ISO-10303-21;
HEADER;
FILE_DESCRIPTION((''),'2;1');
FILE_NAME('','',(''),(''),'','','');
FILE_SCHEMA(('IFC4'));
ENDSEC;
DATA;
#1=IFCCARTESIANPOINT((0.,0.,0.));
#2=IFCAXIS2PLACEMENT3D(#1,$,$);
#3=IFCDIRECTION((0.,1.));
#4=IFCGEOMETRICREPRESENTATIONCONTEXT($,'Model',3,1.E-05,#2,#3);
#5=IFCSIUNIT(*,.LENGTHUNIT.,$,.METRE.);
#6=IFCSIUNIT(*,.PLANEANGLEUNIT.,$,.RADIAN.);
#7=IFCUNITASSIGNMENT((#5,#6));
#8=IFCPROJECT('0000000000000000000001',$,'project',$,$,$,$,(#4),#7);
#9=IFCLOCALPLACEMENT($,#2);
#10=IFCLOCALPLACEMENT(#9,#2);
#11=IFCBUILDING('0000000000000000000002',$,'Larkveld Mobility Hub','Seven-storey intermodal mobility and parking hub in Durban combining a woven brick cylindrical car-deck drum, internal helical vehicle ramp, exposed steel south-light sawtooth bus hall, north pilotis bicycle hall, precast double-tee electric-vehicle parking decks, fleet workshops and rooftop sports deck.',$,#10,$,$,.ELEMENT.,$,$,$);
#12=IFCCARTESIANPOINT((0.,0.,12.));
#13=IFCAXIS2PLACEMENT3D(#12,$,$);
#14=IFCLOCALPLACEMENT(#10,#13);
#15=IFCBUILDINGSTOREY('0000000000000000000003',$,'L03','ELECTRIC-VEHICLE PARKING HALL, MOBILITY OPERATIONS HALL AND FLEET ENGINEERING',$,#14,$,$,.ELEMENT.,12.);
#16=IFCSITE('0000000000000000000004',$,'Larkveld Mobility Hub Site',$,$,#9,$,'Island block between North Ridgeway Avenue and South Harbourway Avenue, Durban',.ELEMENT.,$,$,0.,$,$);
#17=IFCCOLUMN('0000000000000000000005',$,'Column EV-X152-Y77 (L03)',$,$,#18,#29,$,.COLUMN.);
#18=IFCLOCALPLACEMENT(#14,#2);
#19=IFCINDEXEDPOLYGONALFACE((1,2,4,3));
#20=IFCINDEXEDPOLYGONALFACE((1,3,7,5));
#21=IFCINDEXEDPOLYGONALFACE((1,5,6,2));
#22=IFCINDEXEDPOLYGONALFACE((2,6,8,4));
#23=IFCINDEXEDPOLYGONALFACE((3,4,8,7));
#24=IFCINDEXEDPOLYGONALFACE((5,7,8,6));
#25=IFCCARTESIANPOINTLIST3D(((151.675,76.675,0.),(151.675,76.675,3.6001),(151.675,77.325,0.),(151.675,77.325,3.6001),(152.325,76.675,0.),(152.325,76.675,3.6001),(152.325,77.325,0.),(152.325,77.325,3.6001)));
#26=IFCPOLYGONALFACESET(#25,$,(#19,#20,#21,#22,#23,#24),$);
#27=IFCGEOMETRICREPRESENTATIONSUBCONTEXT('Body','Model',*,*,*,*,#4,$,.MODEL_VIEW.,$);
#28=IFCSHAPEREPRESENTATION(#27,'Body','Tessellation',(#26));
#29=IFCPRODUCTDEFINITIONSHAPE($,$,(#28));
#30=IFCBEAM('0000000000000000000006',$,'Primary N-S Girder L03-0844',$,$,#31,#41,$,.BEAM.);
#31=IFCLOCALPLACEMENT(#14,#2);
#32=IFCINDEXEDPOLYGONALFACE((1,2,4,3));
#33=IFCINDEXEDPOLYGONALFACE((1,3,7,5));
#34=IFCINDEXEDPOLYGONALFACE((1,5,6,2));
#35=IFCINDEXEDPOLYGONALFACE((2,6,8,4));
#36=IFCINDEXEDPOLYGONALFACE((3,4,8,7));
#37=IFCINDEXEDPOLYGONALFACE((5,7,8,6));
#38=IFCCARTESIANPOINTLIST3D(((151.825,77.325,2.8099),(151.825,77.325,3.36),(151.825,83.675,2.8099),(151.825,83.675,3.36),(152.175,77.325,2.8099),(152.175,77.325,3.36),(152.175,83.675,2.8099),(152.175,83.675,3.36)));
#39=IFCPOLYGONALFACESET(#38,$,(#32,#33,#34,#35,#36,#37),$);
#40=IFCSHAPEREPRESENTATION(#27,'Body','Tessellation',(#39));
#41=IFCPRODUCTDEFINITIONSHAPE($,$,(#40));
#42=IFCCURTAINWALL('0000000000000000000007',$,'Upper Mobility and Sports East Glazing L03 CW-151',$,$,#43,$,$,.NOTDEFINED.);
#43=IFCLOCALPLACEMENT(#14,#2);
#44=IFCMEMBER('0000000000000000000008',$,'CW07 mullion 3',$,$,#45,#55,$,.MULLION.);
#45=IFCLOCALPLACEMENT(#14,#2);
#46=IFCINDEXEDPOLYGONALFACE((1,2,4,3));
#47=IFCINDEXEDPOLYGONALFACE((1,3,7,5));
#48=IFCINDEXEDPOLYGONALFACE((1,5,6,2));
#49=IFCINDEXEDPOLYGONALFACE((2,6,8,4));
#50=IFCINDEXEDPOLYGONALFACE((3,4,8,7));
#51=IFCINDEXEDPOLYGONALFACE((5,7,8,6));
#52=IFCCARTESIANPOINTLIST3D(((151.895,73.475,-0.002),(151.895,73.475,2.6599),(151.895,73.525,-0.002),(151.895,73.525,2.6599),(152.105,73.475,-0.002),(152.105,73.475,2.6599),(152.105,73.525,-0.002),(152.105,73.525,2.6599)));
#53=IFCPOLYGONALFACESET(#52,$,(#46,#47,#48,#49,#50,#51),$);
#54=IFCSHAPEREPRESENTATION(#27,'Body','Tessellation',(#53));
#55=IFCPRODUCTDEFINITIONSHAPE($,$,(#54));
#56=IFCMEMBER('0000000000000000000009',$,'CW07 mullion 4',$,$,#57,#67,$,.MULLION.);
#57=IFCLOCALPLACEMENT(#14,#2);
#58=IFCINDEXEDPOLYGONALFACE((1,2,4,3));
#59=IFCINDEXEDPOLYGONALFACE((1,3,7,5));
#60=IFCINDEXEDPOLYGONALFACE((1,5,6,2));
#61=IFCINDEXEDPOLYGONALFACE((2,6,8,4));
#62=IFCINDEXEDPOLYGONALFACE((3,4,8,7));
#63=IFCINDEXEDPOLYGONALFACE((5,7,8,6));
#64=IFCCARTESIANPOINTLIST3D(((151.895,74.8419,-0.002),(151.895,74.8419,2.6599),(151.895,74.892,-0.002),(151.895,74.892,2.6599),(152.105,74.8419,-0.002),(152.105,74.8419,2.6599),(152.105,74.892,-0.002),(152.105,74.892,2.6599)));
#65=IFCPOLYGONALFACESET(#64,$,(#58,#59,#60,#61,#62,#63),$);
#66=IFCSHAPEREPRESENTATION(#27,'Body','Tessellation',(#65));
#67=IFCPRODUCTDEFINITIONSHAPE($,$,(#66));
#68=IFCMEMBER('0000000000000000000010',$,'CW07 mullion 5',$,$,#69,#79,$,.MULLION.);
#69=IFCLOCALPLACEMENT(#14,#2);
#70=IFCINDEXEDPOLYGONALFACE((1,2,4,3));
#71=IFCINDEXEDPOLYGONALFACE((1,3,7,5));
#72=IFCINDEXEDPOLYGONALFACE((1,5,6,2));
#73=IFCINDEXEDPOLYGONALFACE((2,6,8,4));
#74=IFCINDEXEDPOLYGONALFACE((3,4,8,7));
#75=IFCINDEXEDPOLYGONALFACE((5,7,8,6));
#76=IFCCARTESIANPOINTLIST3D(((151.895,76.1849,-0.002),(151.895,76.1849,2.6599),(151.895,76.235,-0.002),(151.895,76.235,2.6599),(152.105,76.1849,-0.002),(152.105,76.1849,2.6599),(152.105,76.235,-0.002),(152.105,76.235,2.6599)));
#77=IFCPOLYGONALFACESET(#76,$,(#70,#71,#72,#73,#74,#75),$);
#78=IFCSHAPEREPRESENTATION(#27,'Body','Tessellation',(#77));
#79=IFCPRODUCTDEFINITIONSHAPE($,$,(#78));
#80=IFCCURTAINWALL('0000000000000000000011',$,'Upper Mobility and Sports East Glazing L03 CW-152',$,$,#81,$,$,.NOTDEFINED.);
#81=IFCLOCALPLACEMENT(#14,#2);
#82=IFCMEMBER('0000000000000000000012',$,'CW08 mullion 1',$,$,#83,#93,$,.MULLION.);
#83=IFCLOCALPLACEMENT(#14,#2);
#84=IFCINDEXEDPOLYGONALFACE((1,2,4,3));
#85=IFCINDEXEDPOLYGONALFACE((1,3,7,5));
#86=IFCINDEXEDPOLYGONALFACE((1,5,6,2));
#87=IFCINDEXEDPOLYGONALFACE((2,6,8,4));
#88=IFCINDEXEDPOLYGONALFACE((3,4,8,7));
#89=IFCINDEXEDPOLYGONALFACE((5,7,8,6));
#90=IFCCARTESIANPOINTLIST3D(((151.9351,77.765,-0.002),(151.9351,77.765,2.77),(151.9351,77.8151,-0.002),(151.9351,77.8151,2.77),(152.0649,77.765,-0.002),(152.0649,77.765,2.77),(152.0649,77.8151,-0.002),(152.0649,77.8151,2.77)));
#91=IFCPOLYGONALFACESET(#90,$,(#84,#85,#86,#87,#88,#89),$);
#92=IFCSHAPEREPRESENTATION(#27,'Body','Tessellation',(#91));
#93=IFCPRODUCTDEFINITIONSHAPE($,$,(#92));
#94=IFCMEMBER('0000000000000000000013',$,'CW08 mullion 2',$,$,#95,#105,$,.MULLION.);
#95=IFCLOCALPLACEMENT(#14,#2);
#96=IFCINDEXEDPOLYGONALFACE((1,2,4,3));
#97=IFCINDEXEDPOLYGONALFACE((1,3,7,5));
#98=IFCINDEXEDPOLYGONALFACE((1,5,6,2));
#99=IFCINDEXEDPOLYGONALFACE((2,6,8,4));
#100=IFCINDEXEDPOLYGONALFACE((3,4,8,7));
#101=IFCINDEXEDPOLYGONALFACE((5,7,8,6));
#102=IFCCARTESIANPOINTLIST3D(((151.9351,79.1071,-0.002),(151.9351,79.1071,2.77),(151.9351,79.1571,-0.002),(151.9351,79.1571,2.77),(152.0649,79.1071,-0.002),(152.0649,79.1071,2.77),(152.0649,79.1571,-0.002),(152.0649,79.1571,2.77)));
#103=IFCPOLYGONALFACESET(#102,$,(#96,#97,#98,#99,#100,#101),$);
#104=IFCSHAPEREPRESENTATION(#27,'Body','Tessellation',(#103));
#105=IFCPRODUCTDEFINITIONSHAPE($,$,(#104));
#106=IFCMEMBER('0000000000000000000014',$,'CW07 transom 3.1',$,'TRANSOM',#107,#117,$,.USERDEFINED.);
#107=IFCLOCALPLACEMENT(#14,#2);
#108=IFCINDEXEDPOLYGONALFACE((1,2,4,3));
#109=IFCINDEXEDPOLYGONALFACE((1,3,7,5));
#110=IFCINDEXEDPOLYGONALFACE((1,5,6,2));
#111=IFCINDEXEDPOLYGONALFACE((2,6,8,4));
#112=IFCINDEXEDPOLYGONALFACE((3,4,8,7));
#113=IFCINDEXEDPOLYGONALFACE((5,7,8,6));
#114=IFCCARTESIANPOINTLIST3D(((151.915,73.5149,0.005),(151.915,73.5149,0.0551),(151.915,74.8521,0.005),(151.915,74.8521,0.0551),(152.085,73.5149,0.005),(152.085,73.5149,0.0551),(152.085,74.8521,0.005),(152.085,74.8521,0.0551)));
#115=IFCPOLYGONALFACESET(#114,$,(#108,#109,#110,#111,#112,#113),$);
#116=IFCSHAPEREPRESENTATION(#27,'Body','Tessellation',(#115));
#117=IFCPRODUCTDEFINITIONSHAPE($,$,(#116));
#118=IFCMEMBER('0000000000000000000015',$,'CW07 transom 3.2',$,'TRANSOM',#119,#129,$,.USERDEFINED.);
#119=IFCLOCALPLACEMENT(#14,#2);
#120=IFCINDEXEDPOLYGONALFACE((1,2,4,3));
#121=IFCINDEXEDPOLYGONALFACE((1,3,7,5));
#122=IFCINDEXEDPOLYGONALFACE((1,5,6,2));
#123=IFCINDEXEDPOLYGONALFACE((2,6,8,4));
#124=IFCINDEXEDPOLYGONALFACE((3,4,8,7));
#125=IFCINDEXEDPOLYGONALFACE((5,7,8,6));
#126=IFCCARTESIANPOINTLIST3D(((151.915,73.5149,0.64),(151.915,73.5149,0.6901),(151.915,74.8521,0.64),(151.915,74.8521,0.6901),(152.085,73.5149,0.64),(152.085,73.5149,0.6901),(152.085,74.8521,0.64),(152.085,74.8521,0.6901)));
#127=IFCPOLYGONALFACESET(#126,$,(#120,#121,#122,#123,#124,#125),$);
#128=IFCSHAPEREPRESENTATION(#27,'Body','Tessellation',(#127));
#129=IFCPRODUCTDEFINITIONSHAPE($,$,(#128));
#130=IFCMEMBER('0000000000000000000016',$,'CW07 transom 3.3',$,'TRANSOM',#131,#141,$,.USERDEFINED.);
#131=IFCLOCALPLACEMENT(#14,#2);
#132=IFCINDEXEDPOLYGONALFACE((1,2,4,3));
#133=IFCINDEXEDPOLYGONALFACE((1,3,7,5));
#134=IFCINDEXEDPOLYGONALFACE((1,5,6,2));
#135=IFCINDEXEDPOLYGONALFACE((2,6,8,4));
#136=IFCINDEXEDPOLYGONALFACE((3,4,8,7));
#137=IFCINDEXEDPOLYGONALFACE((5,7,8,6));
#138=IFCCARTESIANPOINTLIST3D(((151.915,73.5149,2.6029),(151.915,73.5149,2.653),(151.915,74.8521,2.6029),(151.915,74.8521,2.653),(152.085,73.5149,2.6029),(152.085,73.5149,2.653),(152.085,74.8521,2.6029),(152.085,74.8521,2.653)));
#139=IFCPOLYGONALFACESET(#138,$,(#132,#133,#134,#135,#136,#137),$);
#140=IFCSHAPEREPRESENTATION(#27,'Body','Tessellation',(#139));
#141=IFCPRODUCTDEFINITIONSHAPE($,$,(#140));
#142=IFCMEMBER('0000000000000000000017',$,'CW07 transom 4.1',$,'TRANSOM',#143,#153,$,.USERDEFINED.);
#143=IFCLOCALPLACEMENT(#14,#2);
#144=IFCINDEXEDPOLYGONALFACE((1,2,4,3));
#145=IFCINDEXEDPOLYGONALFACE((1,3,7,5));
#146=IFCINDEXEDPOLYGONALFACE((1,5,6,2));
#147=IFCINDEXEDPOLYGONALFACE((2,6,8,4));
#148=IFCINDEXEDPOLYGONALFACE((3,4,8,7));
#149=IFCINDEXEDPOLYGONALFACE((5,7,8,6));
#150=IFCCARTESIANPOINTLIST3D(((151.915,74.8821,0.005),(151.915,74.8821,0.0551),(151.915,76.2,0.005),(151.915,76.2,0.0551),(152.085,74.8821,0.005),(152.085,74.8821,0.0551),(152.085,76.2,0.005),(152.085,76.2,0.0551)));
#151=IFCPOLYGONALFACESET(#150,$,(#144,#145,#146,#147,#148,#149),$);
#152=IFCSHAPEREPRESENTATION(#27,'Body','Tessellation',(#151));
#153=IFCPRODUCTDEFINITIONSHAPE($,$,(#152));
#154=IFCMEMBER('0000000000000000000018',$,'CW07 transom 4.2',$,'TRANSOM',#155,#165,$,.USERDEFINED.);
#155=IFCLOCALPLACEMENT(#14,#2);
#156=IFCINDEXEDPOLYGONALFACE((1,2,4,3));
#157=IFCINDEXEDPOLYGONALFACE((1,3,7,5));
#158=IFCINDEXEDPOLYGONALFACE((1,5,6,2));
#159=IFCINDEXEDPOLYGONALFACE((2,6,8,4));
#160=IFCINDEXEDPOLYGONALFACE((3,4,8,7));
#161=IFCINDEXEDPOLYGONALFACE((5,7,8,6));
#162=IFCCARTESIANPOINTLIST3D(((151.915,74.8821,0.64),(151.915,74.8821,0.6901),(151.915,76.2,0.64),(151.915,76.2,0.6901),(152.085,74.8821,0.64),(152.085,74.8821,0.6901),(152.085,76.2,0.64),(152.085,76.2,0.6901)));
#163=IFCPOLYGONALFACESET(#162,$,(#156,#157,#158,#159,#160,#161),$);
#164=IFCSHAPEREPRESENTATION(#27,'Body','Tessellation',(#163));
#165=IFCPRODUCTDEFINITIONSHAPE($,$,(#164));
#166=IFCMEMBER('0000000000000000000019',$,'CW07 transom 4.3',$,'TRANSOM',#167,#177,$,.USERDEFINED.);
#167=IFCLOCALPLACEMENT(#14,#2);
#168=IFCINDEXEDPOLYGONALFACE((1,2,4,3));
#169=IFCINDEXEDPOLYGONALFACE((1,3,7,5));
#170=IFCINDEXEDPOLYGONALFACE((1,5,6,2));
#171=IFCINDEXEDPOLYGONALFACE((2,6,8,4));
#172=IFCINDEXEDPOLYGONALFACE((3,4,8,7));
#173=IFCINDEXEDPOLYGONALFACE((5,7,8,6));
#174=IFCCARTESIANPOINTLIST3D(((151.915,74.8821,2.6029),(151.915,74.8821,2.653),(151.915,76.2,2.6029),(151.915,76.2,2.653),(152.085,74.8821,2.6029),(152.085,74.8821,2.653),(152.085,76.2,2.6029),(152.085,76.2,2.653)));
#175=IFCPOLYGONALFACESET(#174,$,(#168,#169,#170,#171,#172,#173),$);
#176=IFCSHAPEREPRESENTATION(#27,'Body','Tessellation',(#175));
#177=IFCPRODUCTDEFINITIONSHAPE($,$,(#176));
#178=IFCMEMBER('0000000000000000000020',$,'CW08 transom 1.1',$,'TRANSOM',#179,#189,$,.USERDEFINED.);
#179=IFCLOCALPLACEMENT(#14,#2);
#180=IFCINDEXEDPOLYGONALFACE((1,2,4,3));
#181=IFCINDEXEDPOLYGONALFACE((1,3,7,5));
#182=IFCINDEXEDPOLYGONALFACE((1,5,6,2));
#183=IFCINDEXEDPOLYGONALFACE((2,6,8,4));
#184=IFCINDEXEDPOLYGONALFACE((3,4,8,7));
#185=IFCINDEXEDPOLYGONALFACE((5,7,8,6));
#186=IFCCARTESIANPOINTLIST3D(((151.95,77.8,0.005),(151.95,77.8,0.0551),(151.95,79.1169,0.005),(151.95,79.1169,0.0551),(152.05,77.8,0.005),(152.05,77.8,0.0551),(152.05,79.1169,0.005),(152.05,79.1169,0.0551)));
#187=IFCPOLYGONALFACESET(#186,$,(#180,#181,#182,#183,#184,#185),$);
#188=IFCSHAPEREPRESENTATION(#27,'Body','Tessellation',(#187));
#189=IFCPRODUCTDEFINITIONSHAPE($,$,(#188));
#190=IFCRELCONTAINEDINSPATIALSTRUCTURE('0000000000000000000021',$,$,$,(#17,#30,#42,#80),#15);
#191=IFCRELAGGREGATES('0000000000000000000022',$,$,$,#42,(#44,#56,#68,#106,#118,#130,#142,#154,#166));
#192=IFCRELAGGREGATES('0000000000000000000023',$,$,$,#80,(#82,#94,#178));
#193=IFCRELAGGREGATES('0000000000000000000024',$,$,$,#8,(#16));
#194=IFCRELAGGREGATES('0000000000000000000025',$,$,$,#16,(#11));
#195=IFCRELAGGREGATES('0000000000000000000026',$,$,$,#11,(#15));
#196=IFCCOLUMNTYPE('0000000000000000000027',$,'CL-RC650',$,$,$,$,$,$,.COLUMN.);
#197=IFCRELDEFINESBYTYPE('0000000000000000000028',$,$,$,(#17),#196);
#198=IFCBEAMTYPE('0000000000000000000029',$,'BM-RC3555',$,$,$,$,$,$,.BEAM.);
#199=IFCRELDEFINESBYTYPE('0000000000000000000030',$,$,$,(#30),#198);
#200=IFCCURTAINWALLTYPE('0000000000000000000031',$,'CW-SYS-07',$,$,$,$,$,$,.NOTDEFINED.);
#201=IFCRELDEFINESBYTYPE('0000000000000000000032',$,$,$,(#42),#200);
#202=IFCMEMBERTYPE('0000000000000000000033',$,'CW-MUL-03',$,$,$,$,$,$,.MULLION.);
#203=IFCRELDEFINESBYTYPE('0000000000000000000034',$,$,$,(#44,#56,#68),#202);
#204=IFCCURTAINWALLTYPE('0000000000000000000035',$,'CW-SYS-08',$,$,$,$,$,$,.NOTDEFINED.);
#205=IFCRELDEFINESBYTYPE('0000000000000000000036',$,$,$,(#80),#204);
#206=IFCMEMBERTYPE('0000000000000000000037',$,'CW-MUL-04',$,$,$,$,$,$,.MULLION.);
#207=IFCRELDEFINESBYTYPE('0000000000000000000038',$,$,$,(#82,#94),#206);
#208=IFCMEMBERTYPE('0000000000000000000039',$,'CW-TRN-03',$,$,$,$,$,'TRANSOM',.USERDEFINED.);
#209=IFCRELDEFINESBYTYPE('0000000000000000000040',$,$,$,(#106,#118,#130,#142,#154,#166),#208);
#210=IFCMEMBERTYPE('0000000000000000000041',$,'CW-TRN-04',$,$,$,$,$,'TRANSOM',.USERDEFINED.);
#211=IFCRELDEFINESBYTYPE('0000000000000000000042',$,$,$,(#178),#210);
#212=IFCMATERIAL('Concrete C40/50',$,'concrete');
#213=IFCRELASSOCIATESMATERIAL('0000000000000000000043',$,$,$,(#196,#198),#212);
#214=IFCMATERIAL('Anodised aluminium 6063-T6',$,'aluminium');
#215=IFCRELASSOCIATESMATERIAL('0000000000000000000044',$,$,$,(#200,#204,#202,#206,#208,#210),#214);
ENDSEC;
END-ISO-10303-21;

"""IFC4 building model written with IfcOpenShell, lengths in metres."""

from ifc_helpers import new_model, si_unit, direction, frame, origin, origin_2d, place, context, subcontext, project, spatial, rectangle, extrude, material, material_profile, profile_set, type_object, element, aggregate, save


model = new_model("IFC4")

# Units and contexts
model_context = context("Model", 3, precision=1e-05, world=origin(), true_north=direction((0.0, 1.0)))
body_context = subcontext(model_context, "Body", "Model", "MODEL_VIEW")
ifc_project = project(units=[si_unit("LENGTHUNIT", "METRE"), si_unit("PLANEANGLEUNIT", "RADIAN")], contexts=[model_context])

# Site, building, storey
site_placement = place(None, origin())
site = spatial("IfcSite", under=ifc_project, at=site_placement, Name="Larkveld Mobility Hub Site", LongName="Island block between North Ridgeway Avenue and South Harbourway Avenue, Durban", CompositionType="ELEMENT", RefElevation=0.0)
building_placement = place(site_placement, origin())
building = spatial("IfcBuilding", under=site, at=building_placement, Name="Larkveld Mobility Hub", Description="Seven-storey intermodal mobility and parking hub in Durban combining a woven brick cylindrical car-deck drum, internal helical vehicle ramp, exposed steel south-light sawtooth bus hall, north pilotis bicycle hall, precast double-tee electric-vehicle parking decks, fleet workshops and rooftop sports deck.", CompositionType="ELEMENT")
storey_placement = place(building_placement, frame((0.0, 0.0, 12.0)))
storey = spatial("IfcBuildingStorey", under=building, at=storey_placement, Name="L03", Description="ELECTRIC-VEHICLE PARKING HALL, MOBILITY OPERATIONS HALL AND FLEET ENGINEERING", CompositionType="ELEMENT", Elevation=12.0)

# Column
ifc_material_1 = material(Name="Concrete C40/50", Category="concrete")
ifc_material_profile_1 = material_profile(ifc_material_1, rectangle(XDim=0.6499, YDim=0.6499, at=origin_2d()), Name="RC COL 650x650")
ifc_profile_set_1 = profile_set([ifc_material_profile_1], Name="Concrete C40/50")
column_type = type_object("IfcColumnType", Name="CL-RC650", PredefinedType="COLUMN", material=ifc_profile_set_1)
column_placement = place(storey_placement, frame((152.0, 77.0, 0.0), z_axis=(0.0, 0.0, 1.0), x_axis=(1.0, 0.0, 0.0)))
element("IfcColumn", 1, at=column_placement, inside=storey, type_object=column_type, Name="Column EV-X152-Y77 (L03)", PredefinedType="COLUMN", context=body_context, shape_type="SweptSolid", body=[
    extrude(rectangle(XDim=0.6499, YDim=0.6499, at=origin_2d()), origin(), (0.0, 0.0, 1.0), 3.6001),
])

# Beam
ifc_material_profile_2 = material_profile(ifc_material_1, rectangle(XDim=0.3501, YDim=0.55, at=origin_2d()), Name="RC BM 350x550")
ifc_profile_set_2 = profile_set([ifc_material_profile_2], Name="Concrete C40/50")
beam_type = type_object("IfcBeamType", Name="BM-RC3555", PredefinedType="BEAM", material=ifc_profile_set_2)
beam_placement = place(storey_placement, frame((152.0, 77.325, 3.085), z_axis=(0.0, 1.0, 0.0), x_axis=(-1.0, 0.0, 0.0)))
element("IfcBeam", 2, at=beam_placement, inside=storey, type_object=beam_type, Name="Primary N-S Girder L03-0844", PredefinedType="BEAM", context=body_context, shape_type="SweptSolid", body=[
    extrude(rectangle(XDim=0.3501, YDim=0.55, at=origin_2d()), origin(), (0.0, 0.0, 1.0), 6.3501),
])

# Curtain walls, members
ifc_material_2 = material(Name="Anodised aluminium 6063-T6", Category="aluminium")
curtain_wall_type_1 = type_object("IfcCurtainWallType", Name="CW-SYS-07", PredefinedType="NOTDEFINED", material=ifc_material_2)
curtain_wall_1_placement = place(storey_placement, origin())
curtain_wall_1 = element("IfcCurtainWall", 3, at=curtain_wall_1_placement, inside=storey, type_object=curtain_wall_type_1, Name="Upper Mobility and Sports East Glazing L03 CW-151", PredefinedType="NOTDEFINED")
ifc_material_profile_3 = material_profile(ifc_material_2, rectangle(XDim=0.05, YDim=0.21, at=origin_2d()), Name="ALU MULL 50x210")
ifc_profile_set_3 = profile_set([ifc_material_profile_3], Name="Anodised aluminium 6063-T6")
member_type_1 = type_object("IfcMemberType", Name="CW-MUL-03", PredefinedType="MULLION", material=ifc_profile_set_3)
member_1_placement = place(storey_placement, frame((152.0, 73.5, -0.002), z_axis=(0.0, 0.0, 1.0), x_axis=(0.0, 1.0, 0.0)))
member_1 = element("IfcMember", 4, at=member_1_placement, type_object=member_type_1, Name="CW07 mullion 3", PredefinedType="MULLION", context=body_context, shape_type="SweptSolid", body=[
    extrude(rectangle(XDim=0.05, YDim=0.21, at=origin_2d()), origin(), (0.0, 0.0, 1.0), 2.6619),
])
member_2_placement = place(storey_placement, frame((152.0, 74.8669, -0.002), z_axis=(0.0, 0.0, 1.0), x_axis=(0.0, 1.0, 0.0)))
member_2 = element("IfcMember", 5, at=member_2_placement, type_object=member_type_1, Name="CW07 mullion 4", PredefinedType="MULLION", context=body_context, shape_type="SweptSolid", body=[
    extrude(rectangle(XDim=0.05, YDim=0.21, at=origin_2d()), origin(), (0.0, 0.0, 1.0), 2.6619),
])
member_3_placement = place(storey_placement, frame((152.0, 76.21, -0.002), z_axis=(0.0, 0.0, 1.0), x_axis=(0.0, 1.0, 0.0)))
member_3 = element("IfcMember", 6, at=member_3_placement, type_object=member_type_1, Name="CW07 mullion 5", PredefinedType="MULLION", context=body_context, shape_type="SweptSolid", body=[
    extrude(rectangle(XDim=0.05, YDim=0.21, at=origin_2d()), origin(), (0.0, 0.0, 1.0), 2.6619),
])
curtain_wall_type_2 = type_object("IfcCurtainWallType", Name="CW-SYS-08", PredefinedType="NOTDEFINED", material=ifc_material_2)
curtain_wall_2_placement = place(storey_placement, origin())
curtain_wall_2 = element("IfcCurtainWall", 7, at=curtain_wall_2_placement, inside=storey, type_object=curtain_wall_type_2, Name="Upper Mobility and Sports East Glazing L03 CW-152", PredefinedType="NOTDEFINED")
ifc_material_profile_4 = material_profile(ifc_material_2, rectangle(XDim=0.05, YDim=0.1299, at=origin_2d()), Name="ALU MULL 50x130")
ifc_profile_set_4 = profile_set([ifc_material_profile_4], Name="Anodised aluminium 6063-T6")
member_type_2 = type_object("IfcMemberType", Name="CW-MUL-04", PredefinedType="MULLION", material=ifc_profile_set_4)
member_4_placement = place(storey_placement, frame((152.0, 77.79, -0.002), z_axis=(0.0, 0.0, 1.0), x_axis=(0.0, 1.0, 0.0)))
member_4 = element("IfcMember", 8, at=member_4_placement, type_object=member_type_2, Name="CW08 mullion 1", PredefinedType="MULLION", context=body_context, shape_type="SweptSolid", body=[
    extrude(rectangle(XDim=0.05, YDim=0.1299, at=origin_2d()), origin(), (0.0, 0.0, 1.0), 2.772),
])
member_5_placement = place(storey_placement, frame((152.0, 79.1321, -0.002), z_axis=(0.0, 0.0, 1.0), x_axis=(0.0, 1.0, 0.0)))
member_5 = element("IfcMember", 9, at=member_5_placement, type_object=member_type_2, Name="CW08 mullion 2", PredefinedType="MULLION", context=body_context, shape_type="SweptSolid", body=[
    extrude(rectangle(XDim=0.05, YDim=0.1299, at=origin_2d()), origin(), (0.0, 0.0, 1.0), 2.772),
])

# Members
ifc_material_profile_5 = material_profile(ifc_material_2, rectangle(XDim=0.1699, YDim=0.05, at=origin_2d()), Name="ALU TRAN 50x170")
ifc_profile_set_5 = profile_set([ifc_material_profile_5], Name="Anodised aluminium 6063-T6")
member_type_3 = type_object("IfcMemberType", Name="CW-TRN-03", ElementType="TRANSOM", PredefinedType="USERDEFINED", material=ifc_profile_set_5)
member_6_placement = place(storey_placement, frame((152.0, 73.5149, 0.03), z_axis=(0.0, 1.0, 0.0), x_axis=(-1.0, 0.0, 0.0)))
member_6 = element("IfcMember", 10, at=member_6_placement, type_object=member_type_3, Name="CW07 transom 3.1", ObjectType="TRANSOM", PredefinedType="USERDEFINED", context=body_context, shape_type="SweptSolid", body=[
    extrude(rectangle(XDim=0.1699, YDim=0.05, at=origin_2d()), origin(), (0.0, 0.0, 1.0), 1.3372),
])
member_7_placement = place(storey_placement, frame((152.0, 73.5149, 0.665), z_axis=(0.0, 1.0, 0.0), x_axis=(-1.0, 0.0, 0.0)))
member_7 = element("IfcMember", 11, at=member_7_placement, type_object=member_type_3, Name="CW07 transom 3.2", ObjectType="TRANSOM", PredefinedType="USERDEFINED", context=body_context, shape_type="SweptSolid", body=[
    extrude(rectangle(XDim=0.1699, YDim=0.05, at=origin_2d()), origin(), (0.0, 0.0, 1.0), 1.3372),
])
member_8_placement = place(storey_placement, frame((152.0, 73.5149, 2.6279), z_axis=(0.0, 1.0, 0.0), x_axis=(-1.0, 0.0, 0.0)))
member_8 = element("IfcMember", 12, at=member_8_placement, type_object=member_type_3, Name="CW07 transom 3.3", ObjectType="TRANSOM", PredefinedType="USERDEFINED", context=body_context, shape_type="SweptSolid", body=[
    extrude(rectangle(XDim=0.1699, YDim=0.05, at=origin_2d()), origin(), (0.0, 0.0, 1.0), 1.3372),
])
member_9_placement = place(storey_placement, frame((152.0, 74.8821, 0.03), z_axis=(0.0, 1.0, 0.0), x_axis=(-1.0, 0.0, 0.0)))
member_9 = element("IfcMember", 13, at=member_9_placement, type_object=member_type_3, Name="CW07 transom 4.1", ObjectType="TRANSOM", PredefinedType="USERDEFINED", context=body_context, shape_type="SweptSolid", body=[
    extrude(rectangle(XDim=0.1699, YDim=0.05, at=origin_2d()), origin(), (0.0, 0.0, 1.0), 1.3179),
])
member_10_placement = place(storey_placement, frame((152.0, 74.8821, 0.665), z_axis=(0.0, 1.0, 0.0), x_axis=(-1.0, 0.0, 0.0)))
member_10 = element("IfcMember", 14, at=member_10_placement, type_object=member_type_3, Name="CW07 transom 4.2", ObjectType="TRANSOM", PredefinedType="USERDEFINED", context=body_context, shape_type="SweptSolid", body=[
    extrude(rectangle(XDim=0.1699, YDim=0.05, at=origin_2d()), origin(), (0.0, 0.0, 1.0), 1.3179),
])
member_11_placement = place(storey_placement, frame((152.0, 74.8821, 2.6279), z_axis=(0.0, 1.0, 0.0), x_axis=(-1.0, 0.0, 0.0)))
member_11 = element("IfcMember", 15, at=member_11_placement, type_object=member_type_3, Name="CW07 transom 4.3", ObjectType="TRANSOM", PredefinedType="USERDEFINED", context=body_context, shape_type="SweptSolid", body=[
    extrude(rectangle(XDim=0.1699, YDim=0.05, at=origin_2d()), origin(), (0.0, 0.0, 1.0), 1.3179),
])
ifc_material_profile_6 = material_profile(ifc_material_2, rectangle(XDim=0.1001, YDim=0.05, at=origin_2d()), Name="ALU TRAN 50x100")
ifc_profile_set_6 = profile_set([ifc_material_profile_6], Name="Anodised aluminium 6063-T6")
member_type_4 = type_object("IfcMemberType", Name="CW-TRN-04", ElementType="TRANSOM", PredefinedType="USERDEFINED", material=ifc_profile_set_6)
member_12_placement = place(storey_placement, frame((152.0, 77.8, 0.03), z_axis=(0.0, 1.0, 0.0), x_axis=(-1.0, 0.0, 0.0)))
member_12 = element("IfcMember", 16, at=member_12_placement, type_object=member_type_4, Name="CW08 transom 1.1", ObjectType="TRANSOM", PredefinedType="USERDEFINED", context=body_context, shape_type="SweptSolid", body=[
    extrude(rectangle(XDim=0.1001, YDim=0.05, at=origin_2d()), origin(), (0.0, 0.0, 1.0), 1.3169),
])

aggregate(curtain_wall_1, [member_1, member_2, member_3, member_6, member_7, member_8, member_9, member_10, member_11])
aggregate(curtain_wall_2, [member_4, member_5, member_12])

save(model, "model.ifc")
